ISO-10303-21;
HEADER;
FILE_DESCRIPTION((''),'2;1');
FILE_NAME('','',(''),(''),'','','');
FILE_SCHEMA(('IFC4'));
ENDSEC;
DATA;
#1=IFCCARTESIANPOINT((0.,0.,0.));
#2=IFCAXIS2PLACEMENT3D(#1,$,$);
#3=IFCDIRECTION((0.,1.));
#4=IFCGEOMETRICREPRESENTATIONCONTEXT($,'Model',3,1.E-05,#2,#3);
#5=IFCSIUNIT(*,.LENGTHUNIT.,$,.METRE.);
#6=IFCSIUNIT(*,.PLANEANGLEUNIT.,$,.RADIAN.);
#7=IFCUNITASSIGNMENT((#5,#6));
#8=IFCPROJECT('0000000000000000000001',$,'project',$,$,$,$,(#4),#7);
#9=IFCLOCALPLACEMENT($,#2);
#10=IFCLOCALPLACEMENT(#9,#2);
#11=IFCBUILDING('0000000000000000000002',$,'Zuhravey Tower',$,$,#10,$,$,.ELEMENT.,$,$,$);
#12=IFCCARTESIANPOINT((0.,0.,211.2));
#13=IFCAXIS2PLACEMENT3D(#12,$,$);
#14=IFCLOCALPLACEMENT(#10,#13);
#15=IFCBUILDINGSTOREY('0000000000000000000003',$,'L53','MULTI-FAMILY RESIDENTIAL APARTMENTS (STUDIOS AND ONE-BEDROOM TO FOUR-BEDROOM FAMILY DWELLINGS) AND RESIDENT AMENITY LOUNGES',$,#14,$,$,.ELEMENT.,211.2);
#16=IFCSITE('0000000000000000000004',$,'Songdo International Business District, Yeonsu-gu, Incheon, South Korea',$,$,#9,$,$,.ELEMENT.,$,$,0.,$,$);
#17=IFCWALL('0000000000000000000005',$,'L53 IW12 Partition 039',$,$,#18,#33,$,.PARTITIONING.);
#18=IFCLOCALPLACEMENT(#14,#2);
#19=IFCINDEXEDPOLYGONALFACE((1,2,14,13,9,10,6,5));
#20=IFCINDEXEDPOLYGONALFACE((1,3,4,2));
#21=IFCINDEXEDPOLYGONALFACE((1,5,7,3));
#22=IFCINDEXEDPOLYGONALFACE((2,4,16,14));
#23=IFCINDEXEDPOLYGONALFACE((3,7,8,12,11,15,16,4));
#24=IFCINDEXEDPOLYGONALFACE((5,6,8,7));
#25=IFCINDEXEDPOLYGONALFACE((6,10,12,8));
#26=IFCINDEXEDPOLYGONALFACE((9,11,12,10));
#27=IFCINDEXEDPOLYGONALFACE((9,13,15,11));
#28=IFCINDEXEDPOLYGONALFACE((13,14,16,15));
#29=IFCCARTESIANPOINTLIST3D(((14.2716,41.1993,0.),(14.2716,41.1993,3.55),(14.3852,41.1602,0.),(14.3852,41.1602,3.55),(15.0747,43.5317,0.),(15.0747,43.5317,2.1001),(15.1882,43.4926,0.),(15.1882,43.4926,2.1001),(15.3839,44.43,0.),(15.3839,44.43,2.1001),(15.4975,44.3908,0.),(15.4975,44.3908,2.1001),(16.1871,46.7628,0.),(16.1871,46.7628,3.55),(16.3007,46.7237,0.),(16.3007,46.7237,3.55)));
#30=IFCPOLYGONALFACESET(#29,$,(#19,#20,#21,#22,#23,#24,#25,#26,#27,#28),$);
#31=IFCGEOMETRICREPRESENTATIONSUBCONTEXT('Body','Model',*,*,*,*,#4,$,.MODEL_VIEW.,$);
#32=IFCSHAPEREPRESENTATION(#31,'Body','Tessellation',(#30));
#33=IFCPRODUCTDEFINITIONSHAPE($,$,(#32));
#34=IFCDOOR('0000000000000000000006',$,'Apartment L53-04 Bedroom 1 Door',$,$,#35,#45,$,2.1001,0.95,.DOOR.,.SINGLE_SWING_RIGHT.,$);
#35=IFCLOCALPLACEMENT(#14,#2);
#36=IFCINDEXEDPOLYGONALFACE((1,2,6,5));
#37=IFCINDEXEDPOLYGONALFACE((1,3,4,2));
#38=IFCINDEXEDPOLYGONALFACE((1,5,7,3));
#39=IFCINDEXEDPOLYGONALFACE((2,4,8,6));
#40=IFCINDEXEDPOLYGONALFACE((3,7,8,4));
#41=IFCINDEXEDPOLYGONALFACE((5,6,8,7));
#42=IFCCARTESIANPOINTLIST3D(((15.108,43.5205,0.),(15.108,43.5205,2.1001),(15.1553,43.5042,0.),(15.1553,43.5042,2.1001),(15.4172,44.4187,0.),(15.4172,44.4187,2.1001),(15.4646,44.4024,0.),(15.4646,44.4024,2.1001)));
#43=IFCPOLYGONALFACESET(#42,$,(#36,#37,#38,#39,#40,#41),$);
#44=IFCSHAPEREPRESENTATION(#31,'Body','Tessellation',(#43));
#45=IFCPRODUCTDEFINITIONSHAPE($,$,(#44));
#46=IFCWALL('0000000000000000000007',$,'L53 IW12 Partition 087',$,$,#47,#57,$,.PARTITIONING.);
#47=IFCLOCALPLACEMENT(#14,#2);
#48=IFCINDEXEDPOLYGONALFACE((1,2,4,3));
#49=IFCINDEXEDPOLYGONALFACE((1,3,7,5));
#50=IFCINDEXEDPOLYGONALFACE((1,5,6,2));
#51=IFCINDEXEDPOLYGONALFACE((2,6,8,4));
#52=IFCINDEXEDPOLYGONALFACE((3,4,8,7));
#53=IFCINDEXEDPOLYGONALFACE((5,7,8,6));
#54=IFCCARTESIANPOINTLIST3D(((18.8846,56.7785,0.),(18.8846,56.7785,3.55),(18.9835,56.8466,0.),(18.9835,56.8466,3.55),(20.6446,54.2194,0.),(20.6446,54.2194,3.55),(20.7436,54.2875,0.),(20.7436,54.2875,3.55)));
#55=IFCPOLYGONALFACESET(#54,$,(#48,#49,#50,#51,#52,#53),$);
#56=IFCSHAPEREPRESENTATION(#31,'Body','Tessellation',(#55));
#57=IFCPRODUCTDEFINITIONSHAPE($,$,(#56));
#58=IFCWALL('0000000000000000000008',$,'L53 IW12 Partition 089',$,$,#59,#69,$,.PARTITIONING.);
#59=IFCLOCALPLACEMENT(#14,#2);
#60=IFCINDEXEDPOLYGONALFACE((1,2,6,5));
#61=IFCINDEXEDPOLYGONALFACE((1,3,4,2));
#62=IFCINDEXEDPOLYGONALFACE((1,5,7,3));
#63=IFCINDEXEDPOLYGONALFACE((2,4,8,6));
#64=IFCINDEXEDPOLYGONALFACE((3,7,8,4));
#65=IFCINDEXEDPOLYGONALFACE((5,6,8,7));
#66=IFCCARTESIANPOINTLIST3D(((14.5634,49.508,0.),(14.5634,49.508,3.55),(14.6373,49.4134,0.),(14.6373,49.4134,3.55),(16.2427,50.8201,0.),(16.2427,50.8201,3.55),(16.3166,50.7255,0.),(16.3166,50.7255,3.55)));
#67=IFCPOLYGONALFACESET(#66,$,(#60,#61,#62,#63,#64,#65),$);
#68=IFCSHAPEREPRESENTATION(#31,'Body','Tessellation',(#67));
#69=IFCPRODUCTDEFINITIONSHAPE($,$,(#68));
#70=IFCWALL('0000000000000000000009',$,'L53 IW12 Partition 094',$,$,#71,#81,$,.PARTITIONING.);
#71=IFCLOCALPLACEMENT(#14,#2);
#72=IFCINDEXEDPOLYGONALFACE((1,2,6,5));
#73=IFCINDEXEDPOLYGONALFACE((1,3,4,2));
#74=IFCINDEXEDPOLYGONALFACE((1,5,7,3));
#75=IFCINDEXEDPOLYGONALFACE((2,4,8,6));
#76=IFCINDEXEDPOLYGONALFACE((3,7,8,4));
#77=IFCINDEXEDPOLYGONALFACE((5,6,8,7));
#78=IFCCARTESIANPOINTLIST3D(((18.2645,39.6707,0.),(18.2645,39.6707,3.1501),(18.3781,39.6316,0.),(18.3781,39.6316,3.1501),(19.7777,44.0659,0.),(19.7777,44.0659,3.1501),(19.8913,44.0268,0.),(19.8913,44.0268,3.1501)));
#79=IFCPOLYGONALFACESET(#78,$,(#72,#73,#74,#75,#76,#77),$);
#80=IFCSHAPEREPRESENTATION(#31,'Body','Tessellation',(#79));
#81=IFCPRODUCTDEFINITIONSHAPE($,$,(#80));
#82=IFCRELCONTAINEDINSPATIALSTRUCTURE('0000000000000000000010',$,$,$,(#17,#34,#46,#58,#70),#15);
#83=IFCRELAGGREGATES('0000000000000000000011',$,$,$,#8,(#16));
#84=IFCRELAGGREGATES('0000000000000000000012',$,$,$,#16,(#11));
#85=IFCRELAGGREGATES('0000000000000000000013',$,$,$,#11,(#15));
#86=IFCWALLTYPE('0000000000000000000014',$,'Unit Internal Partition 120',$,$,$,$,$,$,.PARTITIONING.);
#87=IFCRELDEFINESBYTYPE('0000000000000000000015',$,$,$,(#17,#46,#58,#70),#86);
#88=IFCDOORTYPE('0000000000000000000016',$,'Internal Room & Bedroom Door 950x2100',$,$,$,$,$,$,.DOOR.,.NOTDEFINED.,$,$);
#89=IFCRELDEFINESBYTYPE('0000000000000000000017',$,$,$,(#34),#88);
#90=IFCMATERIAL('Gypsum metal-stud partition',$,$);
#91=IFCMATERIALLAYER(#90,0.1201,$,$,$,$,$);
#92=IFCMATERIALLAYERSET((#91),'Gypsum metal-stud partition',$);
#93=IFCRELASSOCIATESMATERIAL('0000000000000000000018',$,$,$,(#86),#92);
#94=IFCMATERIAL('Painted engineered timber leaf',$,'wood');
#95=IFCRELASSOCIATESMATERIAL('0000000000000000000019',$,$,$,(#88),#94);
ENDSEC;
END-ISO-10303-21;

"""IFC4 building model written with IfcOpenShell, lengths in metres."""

from ifc_helpers import new_model, si_unit, direction, frame, frame_2d, origin, place, context, subcontext, project, spatial, rectangle, extrude, material, layer, layer_set, type_object, element, fill, save


model = new_model("IFC4")

# Units and contexts
model_context = context("Model", 3, precision=1e-05, world=origin(), true_north=direction((0.0, 1.0)))
body_context = subcontext(model_context, "Body", "Model", "MODEL_VIEW")
ifc_project = project(units=[si_unit("LENGTHUNIT", "METRE"), si_unit("PLANEANGLEUNIT", "RADIAN")], contexts=[model_context])

# Site, building, storey
site_placement = place(None, origin())
site = spatial("IfcSite", under=ifc_project, at=site_placement, Name="Songdo International Business District, Yeonsu-gu, Incheon, South Korea", CompositionType="ELEMENT", RefElevation=0.0)
building_placement = place(site_placement, origin())
building = spatial("IfcBuilding", under=site, at=building_placement, Name="Zuhravey Tower", CompositionType="ELEMENT")
storey_placement = place(building_placement, frame((0.0, 0.0, 211.2)))
storey = spatial("IfcBuildingStorey", under=building, at=storey_placement, Name="L53", Description="MULTI-FAMILY RESIDENTIAL APARTMENTS (STUDIOS AND ONE-BEDROOM TO FOUR-BEDROOM FAMILY DWELLINGS) AND RESIDENT AMENITY LOUNGES", CompositionType="ELEMENT", Elevation=211.2)

# Wall, opening, door
ifc_material_1 = material(Name="Gypsum metal-stud partition")
ifc_layer_1 = layer(ifc_material_1, 0.1201)
ifc_layer_set_1 = layer_set([ifc_layer_1], Name="Gypsum metal-stud partition")
wall_type_1 = type_object("IfcWallType", Name="Unit Internal Partition 120", PredefinedType="PARTITIONING", material=ifc_layer_set_1)
ifc_material_2 = material(Name="Painted engineered timber leaf", Category="wood")
door_type = type_object("IfcDoorType", Name="Internal Room & Bedroom Door 950x2100", OperationType="NOTDEFINED", PredefinedType="DOOR", material=ifc_material_2)
wall_1_placement = place(storey_placement, frame((16.2439, 46.7432, 0.0), z_axis=(0.0, 0.0, 1.0), x_axis=(-0.325548, -0.945525, 0.0)))
wall_1 = element("IfcWall", 1, at=wall_1_placement, inside=storey, type_object=wall_type_1, Name="L53 IW12 Partition 039", PredefinedType="PARTITIONING", context=body_context, shape_type="SweptSolid", body=[
    extrude(rectangle(XDim=5.884, YDim=0.1201, at=frame_2d((2.9419, 0.0))), origin(), (0.0, 0.0, 1.0), 3.55),
])
opening_1_placement = place(wall_1_placement, frame((2.467, 0.0, 0.0)))
opening_1 = element("IfcOpeningElement", 2, at=opening_1_placement, cuts=wall_1, PredefinedType="OPENING", context=body_context, shape_type="SweptSolid", body=[
    extrude(rectangle(XDim=0.95, YDim=2.1001, at=frame_2d((0.4751, 1.05))), frame((0.0, 0.072, 0.0), z_axis=(0.0, -1.0, 0.0), x_axis=(1.0, 0.0, 0.0)), (0.0, 0.0, 1.0), 0.144),
])
door_1_placement = place(opening_1_placement, frame((0.95, 0.0, 0.0), z_axis=(0.0, 0.0, 1.0), x_axis=(-1.0, 0.0, 0.0)))
door_1 = element("IfcDoor", 3, at=door_1_placement, inside=storey, type_object=door_type, Name="Apartment L53-04 Bedroom 1 Door", OperationType="SINGLE_SWING_RIGHT", OverallHeight=2.1001, OverallWidth=0.95, PredefinedType="DOOR", context=body_context, shape_type="SweptSolid", body=[
    extrude(rectangle(XDim=0.95, YDim=2.1001, at=frame_2d((0.4751, 1.05))), frame((0.0, 0.0249, 0.0), z_axis=(0.0, -1.0, 0.0), x_axis=(1.0, 0.0, 0.0)), (0.0, 0.0, 1.0), 0.05),
])
fill(opening_1, door_1)

# Walls
wall_2_placement = place(storey_placement, frame((20.6941, 54.2534, 0.0), z_axis=(0.0, 0.0, 1.0), x_axis=(-0.566669, 0.823946, 0.0)))
element("IfcWall", 4, at=wall_2_placement, inside=storey, type_object=wall_type_1, Name="L53 IW12 Partition 087", PredefinedType="PARTITIONING", context=body_context, shape_type="SweptSolid", body=[
    extrude(rectangle(XDim=3.106, YDim=0.1201, at=frame_2d((1.553, 0.0))), origin(), (0.0, 0.0, 1.0), 3.55),
])
wall_3_placement = place(storey_placement, frame((16.2795, 50.7727, 0.0), z_axis=(0.0, 0.0, 1.0), x_axis=(-0.787993, -0.615684, 0.0)))
element("IfcWall", 5, at=wall_3_placement, inside=storey, type_object=wall_type_1, Name="L53 IW12 Partition 089", PredefinedType="PARTITIONING", context=body_context, shape_type="SweptSolid", body=[
    extrude(rectangle(XDim=2.1311, YDim=0.1201, at=frame_2d((1.0654, 0.0))), origin(), (0.0, 0.0, 1.0), 3.55),
])
wall_4_placement = place(storey_placement, frame((19.8345, 44.0464, 0.0), z_axis=(0.0, 0.0, 1.0), x_axis=(-0.325524, -0.945534, 0.0)))
element("IfcWall", 6, at=wall_4_placement, inside=storey, type_object=wall_type_1, Name="L53 IW12 Partition 094", PredefinedType="PARTITIONING", context=body_context, shape_type="SweptSolid", body=[
    extrude(rectangle(XDim=4.6484, YDim=0.1201, at=frame_2d((2.3242, 0.0))), origin(), (0.0, 0.0, 1.0), 3.1501),
])

save(model, "model.ifc")
